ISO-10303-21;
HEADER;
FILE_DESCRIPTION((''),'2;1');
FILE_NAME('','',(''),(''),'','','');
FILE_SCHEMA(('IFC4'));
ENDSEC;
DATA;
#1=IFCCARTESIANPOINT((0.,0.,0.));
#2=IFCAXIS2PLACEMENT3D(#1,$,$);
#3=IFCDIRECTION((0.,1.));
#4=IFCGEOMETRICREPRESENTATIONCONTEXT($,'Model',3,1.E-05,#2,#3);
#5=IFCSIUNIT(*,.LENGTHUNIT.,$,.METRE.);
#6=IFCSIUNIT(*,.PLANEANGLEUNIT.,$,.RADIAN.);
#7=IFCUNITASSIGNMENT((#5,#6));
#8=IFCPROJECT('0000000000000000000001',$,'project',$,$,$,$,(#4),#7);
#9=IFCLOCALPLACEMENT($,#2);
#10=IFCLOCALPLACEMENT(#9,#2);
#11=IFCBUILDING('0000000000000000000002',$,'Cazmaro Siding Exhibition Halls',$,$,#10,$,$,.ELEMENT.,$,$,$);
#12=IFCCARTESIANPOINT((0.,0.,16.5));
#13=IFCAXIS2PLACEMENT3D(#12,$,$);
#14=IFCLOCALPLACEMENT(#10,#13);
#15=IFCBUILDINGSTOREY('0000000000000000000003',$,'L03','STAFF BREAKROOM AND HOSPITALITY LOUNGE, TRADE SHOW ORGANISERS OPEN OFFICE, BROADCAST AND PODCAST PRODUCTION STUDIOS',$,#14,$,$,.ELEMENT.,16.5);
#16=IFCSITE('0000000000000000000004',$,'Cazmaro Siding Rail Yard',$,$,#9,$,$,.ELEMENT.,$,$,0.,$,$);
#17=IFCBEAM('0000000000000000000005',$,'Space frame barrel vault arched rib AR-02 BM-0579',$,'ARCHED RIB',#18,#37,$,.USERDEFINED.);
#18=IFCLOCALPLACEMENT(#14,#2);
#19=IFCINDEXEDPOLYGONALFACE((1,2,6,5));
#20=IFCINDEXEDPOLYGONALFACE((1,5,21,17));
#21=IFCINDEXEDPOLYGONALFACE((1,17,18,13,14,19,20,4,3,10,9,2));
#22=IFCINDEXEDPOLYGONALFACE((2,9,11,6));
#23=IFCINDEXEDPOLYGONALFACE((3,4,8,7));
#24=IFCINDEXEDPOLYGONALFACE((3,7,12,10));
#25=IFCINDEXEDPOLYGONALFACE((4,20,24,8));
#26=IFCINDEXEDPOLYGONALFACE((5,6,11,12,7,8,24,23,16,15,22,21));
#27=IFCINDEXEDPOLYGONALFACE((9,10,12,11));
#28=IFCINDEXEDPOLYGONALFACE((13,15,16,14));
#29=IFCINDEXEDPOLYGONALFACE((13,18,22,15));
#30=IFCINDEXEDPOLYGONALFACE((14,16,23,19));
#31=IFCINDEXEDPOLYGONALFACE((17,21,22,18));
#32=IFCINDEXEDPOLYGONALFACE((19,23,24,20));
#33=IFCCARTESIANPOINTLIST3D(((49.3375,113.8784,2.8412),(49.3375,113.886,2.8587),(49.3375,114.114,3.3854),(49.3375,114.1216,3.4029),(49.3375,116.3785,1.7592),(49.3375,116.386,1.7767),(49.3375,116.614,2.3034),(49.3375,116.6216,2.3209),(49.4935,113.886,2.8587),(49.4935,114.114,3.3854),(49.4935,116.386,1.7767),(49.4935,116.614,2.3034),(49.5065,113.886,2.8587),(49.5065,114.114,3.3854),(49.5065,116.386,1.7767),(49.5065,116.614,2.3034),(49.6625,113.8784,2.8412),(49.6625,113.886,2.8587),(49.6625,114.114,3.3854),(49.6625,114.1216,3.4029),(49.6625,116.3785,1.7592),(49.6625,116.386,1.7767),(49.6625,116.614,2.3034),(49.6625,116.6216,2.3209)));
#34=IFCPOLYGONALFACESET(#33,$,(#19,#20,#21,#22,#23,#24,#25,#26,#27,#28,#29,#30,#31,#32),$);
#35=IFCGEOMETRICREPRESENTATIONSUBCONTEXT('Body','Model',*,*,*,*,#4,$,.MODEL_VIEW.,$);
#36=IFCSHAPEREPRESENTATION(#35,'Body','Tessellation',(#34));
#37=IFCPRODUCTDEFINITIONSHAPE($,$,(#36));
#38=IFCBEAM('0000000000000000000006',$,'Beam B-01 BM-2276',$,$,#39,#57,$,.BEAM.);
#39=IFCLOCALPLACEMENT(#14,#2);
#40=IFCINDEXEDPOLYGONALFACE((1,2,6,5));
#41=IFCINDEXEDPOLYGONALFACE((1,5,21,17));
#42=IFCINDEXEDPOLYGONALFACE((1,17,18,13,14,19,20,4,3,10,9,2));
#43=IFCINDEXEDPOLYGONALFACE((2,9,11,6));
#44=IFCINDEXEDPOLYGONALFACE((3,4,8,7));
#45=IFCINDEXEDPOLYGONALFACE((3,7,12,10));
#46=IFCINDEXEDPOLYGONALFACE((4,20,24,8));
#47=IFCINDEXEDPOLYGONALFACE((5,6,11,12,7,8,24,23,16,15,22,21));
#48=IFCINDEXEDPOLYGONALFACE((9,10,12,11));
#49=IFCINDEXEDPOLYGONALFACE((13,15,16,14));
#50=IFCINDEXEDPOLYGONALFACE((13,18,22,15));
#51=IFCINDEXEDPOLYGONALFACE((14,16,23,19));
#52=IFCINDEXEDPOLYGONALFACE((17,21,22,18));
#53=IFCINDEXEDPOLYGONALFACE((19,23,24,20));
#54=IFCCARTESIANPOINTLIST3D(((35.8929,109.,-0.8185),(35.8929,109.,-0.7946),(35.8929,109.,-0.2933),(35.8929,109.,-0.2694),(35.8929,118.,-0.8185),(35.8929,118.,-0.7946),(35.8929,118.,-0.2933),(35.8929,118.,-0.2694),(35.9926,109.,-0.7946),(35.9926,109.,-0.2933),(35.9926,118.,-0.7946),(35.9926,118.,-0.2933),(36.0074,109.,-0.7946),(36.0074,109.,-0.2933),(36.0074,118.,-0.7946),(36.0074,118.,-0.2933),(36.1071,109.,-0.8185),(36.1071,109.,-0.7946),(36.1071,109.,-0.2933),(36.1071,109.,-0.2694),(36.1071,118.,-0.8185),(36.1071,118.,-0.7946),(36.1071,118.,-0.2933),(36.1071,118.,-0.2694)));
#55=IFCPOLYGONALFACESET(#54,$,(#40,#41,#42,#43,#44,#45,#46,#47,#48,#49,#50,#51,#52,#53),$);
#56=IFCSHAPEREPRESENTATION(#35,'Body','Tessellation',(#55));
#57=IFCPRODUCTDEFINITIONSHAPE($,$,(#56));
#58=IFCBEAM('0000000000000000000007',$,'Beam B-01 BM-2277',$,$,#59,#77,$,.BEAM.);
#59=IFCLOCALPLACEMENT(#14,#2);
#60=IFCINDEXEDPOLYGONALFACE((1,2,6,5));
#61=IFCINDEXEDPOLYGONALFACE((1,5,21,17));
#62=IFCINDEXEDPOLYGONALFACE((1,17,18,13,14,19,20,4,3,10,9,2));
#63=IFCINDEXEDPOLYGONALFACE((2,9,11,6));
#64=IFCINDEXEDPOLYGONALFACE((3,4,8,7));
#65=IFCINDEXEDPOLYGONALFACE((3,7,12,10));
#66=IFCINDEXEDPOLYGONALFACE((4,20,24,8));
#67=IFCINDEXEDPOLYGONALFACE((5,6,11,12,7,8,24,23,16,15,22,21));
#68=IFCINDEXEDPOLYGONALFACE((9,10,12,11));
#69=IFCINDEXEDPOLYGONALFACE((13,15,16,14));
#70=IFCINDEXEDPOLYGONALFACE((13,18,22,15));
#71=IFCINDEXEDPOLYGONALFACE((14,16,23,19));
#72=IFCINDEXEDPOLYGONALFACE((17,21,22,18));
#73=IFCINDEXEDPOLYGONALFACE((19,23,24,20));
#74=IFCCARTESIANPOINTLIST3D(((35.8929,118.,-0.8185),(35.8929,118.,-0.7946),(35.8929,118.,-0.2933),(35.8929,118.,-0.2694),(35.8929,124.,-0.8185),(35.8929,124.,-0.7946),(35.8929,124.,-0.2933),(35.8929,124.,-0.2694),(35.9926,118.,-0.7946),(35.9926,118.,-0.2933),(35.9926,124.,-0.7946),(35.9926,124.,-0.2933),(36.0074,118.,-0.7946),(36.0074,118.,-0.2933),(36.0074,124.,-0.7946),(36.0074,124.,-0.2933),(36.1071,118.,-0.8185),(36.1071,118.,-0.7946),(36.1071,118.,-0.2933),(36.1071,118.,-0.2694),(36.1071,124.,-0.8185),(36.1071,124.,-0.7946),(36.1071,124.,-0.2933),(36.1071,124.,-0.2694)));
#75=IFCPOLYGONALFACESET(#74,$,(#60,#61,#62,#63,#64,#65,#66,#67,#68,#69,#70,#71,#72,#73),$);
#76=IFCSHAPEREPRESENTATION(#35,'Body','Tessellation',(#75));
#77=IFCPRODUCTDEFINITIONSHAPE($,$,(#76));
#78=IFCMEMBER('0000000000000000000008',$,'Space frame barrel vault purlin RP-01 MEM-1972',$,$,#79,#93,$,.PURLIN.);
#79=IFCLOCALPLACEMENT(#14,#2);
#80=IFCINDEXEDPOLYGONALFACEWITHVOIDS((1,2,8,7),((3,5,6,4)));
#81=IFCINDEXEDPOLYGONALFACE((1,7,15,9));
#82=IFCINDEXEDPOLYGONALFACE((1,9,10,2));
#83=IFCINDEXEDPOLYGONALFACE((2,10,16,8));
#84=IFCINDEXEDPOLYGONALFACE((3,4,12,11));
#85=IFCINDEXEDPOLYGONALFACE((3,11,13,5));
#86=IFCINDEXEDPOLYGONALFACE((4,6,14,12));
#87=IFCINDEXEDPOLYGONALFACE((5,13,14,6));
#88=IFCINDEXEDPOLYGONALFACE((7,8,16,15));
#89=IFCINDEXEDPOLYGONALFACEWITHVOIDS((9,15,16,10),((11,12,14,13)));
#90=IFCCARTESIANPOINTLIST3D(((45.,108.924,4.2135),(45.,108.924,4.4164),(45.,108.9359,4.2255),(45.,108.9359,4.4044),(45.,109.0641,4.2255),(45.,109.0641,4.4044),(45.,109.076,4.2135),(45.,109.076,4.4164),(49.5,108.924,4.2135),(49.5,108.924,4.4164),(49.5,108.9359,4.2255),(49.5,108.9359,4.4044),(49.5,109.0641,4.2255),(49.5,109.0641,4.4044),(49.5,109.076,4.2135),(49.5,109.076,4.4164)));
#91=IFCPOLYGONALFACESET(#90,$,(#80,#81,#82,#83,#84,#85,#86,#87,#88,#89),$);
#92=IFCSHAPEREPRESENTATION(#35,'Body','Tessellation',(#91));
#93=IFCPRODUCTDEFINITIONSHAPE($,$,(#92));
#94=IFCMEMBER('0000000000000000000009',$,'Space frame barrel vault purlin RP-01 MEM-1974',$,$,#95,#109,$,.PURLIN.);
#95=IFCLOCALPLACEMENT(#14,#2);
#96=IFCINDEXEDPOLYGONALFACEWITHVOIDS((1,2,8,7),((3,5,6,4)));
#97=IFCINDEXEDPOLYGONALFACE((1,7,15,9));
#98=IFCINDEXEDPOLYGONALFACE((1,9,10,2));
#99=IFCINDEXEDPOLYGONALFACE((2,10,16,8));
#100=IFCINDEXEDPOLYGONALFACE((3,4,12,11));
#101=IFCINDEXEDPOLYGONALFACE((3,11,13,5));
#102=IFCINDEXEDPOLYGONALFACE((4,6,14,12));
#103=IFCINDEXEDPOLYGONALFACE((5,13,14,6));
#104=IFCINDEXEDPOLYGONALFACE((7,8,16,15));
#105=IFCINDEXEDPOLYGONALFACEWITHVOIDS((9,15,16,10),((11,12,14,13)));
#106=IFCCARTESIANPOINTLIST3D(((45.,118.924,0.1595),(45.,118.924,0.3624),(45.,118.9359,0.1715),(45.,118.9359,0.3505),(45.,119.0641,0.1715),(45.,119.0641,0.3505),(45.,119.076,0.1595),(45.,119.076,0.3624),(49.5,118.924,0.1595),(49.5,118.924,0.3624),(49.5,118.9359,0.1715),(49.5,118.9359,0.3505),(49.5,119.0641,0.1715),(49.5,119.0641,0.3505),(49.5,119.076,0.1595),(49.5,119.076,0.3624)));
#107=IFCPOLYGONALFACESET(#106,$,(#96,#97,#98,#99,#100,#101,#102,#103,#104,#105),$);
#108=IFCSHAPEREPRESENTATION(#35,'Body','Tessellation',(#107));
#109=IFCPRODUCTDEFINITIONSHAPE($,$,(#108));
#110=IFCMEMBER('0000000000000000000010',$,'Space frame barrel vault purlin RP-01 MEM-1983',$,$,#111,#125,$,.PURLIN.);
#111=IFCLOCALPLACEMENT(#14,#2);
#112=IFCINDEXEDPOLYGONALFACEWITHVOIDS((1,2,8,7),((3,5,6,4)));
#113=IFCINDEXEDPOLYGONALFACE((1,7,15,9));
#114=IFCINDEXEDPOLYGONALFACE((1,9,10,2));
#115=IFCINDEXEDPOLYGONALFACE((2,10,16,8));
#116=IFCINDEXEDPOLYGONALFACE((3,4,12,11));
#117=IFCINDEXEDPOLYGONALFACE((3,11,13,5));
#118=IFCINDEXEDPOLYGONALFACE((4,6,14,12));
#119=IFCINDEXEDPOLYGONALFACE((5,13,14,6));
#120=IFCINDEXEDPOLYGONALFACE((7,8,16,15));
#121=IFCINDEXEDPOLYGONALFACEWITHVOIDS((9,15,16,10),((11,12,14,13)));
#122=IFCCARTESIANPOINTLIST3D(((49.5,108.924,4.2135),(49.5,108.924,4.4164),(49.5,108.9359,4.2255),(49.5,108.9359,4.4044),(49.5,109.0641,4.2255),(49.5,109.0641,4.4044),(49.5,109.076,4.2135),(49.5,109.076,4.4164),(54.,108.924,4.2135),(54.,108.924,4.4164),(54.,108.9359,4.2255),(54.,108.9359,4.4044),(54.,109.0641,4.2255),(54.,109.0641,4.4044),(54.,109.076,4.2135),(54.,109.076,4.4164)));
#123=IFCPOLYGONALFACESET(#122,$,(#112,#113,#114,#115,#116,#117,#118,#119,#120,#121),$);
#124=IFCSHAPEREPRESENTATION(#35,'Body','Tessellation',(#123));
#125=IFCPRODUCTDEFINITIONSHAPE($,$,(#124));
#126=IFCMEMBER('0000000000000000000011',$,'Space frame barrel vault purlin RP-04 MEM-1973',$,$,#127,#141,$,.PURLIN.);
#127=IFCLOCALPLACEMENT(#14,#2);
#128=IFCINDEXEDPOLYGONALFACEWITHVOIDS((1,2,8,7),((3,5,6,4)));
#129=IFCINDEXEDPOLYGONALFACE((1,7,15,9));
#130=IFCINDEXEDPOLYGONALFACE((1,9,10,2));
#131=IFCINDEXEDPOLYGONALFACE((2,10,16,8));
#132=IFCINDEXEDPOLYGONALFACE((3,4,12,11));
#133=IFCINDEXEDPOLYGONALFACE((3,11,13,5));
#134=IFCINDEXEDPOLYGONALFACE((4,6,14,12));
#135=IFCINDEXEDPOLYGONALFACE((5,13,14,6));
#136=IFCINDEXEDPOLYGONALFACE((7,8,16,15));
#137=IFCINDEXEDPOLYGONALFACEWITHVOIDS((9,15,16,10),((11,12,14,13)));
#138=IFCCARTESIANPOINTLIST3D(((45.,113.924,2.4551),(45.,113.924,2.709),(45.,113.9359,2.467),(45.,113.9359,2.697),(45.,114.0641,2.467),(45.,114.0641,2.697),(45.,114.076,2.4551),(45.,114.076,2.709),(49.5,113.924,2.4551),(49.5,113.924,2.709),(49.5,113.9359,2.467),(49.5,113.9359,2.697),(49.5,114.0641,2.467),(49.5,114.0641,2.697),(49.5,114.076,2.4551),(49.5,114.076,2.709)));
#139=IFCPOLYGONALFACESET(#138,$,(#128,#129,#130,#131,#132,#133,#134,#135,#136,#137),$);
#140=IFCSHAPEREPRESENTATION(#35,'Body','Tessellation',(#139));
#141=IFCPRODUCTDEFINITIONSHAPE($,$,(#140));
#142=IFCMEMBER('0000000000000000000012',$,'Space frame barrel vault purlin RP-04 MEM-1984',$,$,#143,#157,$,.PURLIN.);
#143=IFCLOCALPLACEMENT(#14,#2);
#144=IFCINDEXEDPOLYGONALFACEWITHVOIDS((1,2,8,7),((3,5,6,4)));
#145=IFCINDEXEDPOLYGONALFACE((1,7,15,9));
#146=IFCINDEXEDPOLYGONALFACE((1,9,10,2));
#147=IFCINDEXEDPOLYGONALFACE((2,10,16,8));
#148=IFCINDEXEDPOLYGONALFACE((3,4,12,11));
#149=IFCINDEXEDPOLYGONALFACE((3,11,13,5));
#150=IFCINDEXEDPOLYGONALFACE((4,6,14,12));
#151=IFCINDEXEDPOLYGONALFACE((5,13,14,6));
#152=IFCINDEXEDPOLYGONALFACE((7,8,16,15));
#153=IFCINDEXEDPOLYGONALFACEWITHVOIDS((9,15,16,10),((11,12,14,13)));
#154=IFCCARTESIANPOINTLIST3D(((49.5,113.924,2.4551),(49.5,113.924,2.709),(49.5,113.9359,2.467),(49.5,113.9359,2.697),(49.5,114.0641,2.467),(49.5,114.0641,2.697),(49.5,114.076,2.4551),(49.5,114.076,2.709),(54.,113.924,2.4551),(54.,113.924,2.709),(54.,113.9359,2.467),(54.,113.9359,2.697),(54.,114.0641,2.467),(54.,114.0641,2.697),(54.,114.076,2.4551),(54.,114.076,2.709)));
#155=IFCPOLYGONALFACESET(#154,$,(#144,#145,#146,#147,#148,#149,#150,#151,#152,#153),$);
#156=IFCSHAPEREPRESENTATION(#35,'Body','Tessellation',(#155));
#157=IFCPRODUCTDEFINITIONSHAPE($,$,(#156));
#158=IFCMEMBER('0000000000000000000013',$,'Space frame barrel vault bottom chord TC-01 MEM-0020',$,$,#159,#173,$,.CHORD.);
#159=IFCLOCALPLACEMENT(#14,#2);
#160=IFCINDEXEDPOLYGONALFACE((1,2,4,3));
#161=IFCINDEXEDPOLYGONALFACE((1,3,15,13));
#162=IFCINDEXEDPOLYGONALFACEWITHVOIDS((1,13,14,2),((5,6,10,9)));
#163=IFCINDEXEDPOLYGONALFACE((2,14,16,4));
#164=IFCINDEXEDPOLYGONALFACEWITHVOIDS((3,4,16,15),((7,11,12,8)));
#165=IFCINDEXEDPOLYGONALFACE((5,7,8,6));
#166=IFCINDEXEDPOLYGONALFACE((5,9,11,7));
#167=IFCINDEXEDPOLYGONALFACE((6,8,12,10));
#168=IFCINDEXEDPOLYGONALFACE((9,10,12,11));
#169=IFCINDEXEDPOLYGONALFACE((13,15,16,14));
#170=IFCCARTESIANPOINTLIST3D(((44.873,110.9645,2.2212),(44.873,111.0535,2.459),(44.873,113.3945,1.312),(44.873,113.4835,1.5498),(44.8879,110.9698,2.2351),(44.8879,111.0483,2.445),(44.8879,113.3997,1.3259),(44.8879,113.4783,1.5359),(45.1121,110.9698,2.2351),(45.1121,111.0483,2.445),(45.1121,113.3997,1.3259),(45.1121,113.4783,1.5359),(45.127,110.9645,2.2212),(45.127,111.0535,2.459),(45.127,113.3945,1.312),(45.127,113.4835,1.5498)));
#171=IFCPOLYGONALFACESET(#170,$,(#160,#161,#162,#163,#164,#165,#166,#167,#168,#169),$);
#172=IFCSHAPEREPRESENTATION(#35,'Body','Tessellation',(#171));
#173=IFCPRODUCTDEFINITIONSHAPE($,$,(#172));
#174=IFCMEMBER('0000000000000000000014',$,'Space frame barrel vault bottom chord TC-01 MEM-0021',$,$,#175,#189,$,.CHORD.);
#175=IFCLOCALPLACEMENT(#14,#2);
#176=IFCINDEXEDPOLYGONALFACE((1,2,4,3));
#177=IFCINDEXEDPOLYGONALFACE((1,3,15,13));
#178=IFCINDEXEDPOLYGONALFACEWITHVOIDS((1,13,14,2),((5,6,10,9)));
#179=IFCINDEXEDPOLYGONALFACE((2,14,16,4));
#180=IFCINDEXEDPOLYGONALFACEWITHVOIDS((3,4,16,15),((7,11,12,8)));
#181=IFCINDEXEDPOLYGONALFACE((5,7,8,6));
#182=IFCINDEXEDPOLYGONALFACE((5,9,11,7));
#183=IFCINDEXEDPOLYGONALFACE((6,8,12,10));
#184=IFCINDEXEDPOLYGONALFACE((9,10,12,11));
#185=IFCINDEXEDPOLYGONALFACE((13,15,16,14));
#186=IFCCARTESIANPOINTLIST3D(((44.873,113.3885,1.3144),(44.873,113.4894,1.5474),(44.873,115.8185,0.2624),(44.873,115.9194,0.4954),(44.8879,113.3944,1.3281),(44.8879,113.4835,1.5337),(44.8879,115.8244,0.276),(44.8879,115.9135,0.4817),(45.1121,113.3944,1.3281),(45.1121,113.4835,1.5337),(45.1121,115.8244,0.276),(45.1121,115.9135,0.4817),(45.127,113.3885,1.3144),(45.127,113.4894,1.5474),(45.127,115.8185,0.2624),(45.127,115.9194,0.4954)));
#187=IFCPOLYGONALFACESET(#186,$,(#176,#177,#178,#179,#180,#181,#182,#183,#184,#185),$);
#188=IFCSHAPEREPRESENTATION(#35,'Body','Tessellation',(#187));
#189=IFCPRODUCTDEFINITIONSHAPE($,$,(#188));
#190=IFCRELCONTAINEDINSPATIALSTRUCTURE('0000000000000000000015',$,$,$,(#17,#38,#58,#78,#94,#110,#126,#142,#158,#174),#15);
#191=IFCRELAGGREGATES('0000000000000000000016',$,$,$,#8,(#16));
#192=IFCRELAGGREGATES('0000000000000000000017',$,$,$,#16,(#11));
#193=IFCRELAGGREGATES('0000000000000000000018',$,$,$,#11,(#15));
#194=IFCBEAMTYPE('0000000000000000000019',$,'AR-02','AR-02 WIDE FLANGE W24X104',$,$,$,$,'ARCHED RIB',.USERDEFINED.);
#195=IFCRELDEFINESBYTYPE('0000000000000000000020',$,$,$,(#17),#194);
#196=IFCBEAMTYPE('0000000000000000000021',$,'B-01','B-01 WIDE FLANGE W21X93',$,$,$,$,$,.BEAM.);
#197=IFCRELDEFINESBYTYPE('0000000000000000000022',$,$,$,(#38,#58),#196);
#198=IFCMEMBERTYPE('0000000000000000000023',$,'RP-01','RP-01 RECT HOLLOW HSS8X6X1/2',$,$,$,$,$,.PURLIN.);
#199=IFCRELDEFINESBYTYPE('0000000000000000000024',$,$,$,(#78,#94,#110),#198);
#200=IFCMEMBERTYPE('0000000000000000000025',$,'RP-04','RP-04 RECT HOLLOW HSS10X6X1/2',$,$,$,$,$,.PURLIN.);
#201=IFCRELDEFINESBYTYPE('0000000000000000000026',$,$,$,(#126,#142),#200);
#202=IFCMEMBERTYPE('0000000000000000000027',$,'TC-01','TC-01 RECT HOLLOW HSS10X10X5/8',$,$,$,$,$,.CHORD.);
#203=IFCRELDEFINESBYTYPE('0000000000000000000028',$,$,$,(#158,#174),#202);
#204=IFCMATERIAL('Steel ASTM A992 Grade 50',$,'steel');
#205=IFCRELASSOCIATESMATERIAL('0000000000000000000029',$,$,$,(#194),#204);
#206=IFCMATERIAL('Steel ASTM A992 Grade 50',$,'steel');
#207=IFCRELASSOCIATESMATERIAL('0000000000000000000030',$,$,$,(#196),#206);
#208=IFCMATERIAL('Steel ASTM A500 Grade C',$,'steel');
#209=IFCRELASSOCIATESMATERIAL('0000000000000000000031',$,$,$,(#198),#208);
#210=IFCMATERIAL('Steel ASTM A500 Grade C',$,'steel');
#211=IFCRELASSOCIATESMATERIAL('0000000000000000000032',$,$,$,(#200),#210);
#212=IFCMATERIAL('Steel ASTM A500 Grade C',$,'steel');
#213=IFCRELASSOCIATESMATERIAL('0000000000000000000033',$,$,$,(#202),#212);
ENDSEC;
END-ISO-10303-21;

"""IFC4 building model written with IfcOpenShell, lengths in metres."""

from ifc_helpers import new_model, si_unit, direction, frame, origin, origin_2d, place, context, subcontext, project, spatial, hollow_rectangle, i_section, extrude, material, material_profile, profile_set, type_object, element, save


model = new_model("IFC4")

# Units and contexts
model_context = context("Model", 3, precision=1e-05, world=origin(), true_north=direction((0.0, 1.0)))
body_context = subcontext(model_context, "Body", "Model", "MODEL_VIEW")
ifc_project = project(units=[si_unit("LENGTHUNIT", "METRE"), si_unit("PLANEANGLEUNIT", "RADIAN")], contexts=[model_context])

# Site, building, storey
site_placement = place(None, origin())
site = spatial("IfcSite", under=ifc_project, at=site_placement, Name="Cazmaro Siding Rail Yard", CompositionType="ELEMENT", RefElevation=0.0)
building_placement = place(site_placement, origin())
building = spatial("IfcBuilding", under=site, at=building_placement, Name="Cazmaro Siding Exhibition Halls", CompositionType="ELEMENT")
storey_placement = place(building_placement, frame((0.0, 0.0, 16.5)))
storey = spatial("IfcBuildingStorey", under=building, at=storey_placement, Name="L03", Description="STAFF BREAKROOM AND HOSPITALITY LOUNGE, TRADE SHOW ORGANISERS OPEN OFFICE, BROADCAST AND PODCAST PRODUCTION STUDIOS", CompositionType="ELEMENT", Elevation=16.5)

# Beams
ifc_material_1 = material(Name="Steel ASTM A992 Grade 50", Category="steel")
ifc_material_profile_1 = material_profile(ifc_material_1, i_section(OverallWidth=0.325, OverallDepth=0.6121, WebThickness=0.0129, FlangeThickness=0.019, at=origin_2d()), Name="W24X104")
ifc_profile_set_1 = profile_set([ifc_material_profile_1], Name="Steel ASTM A992 Grade 50")
beam_type_1 = type_object("IfcBeamType", Name="AR-02", Description="AR-02 WIDE FLANGE W24X104", ElementType="ARCHED RIB", PredefinedType="USERDEFINED", material=ifc_profile_set_1)
beam_1_placement = place(storey_placement, frame((49.5, 114.0, 3.1221), z_axis=(0.0, 0.91773, -0.397205), x_axis=(-1.0, 0.0, 0.0)))
element("IfcBeam", 1, at=beam_1_placement, inside=storey, type_object=beam_type_1, Name="Space frame barrel vault arched rib AR-02 BM-0579", ObjectType="ARCHED RIB", PredefinedType="USERDEFINED", context=body_context, shape_type="SweptSolid", body=[
    extrude(i_section(OverallWidth=0.325, OverallDepth=0.6121, WebThickness=0.0129, FlangeThickness=0.019, at=origin_2d()), origin(), (0.0, 0.0, 1.0), 2.7241),
])
ifc_material_2 = material(Name="Steel ASTM A992 Grade 50", Category="steel")
ifc_material_profile_2 = material_profile(ifc_material_2, i_section(OverallWidth=0.2141, OverallDepth=0.5491, WebThickness=0.0149, FlangeThickness=0.0239, at=origin_2d()), Name="W21X93")
ifc_profile_set_2 = profile_set([ifc_material_profile_2], Name="Steel ASTM A992 Grade 50")
beam_type_2 = type_object("IfcBeamType", Name="B-01", Description="B-01 WIDE FLANGE W21X93", PredefinedType="BEAM", material=ifc_profile_set_2)
beam_2_placement = place(storey_placement, frame((36.0, 109.0, -0.5439), z_axis=(0.0, 1.0, 0.0), x_axis=(-1.0, 0.0, 0.0)))
element("IfcBeam", 2, at=beam_2_placement, inside=storey, type_object=beam_type_2, Name="Beam B-01 BM-2276", PredefinedType="BEAM", context=body_context, shape_type="SweptSolid", body=[
    extrude(i_section(OverallWidth=0.2141, OverallDepth=0.5491, WebThickness=0.0149, FlangeThickness=0.0239, at=origin_2d()), origin(), (0.0, 0.0, 1.0), 9.0),
])
beam_3_placement = place(storey_placement, frame((36.0, 118.0, -0.5439), z_axis=(0.0, 1.0, 0.0), x_axis=(-1.0, 0.0, 0.0)))
element("IfcBeam", 3, at=beam_3_placement, inside=storey, type_object=beam_type_2, Name="Beam B-01 BM-2277", PredefinedType="BEAM", context=body_context, shape_type="SweptSolid", body=[
    extrude(i_section(OverallWidth=0.2141, OverallDepth=0.5491, WebThickness=0.0149, FlangeThickness=0.0239, at=origin_2d()), origin(), (0.0, 0.0, 1.0), 6.0),
])

# Members
ifc_material_3 = material(Name="Steel ASTM A500 Grade C", Category="steel")
ifc_material_profile_3 = material_profile(ifc_material_3, hollow_rectangle(XDim=0.1521, YDim=0.2029, WallThickness=0.012, at=origin_2d()), Name="HSS8X6X1/2")
ifc_profile_set_3 = profile_set([ifc_material_profile_3], Name="Steel ASTM A500 Grade C")
member_type_1 = type_object("IfcMemberType", Name="RP-01", Description="RP-01 RECT HOLLOW HSS8X6X1/2", PredefinedType="PURLIN", material=ifc_profile_set_3)
for number, where, z_axis, x_axis, name in (
    (4, (45.0, 109.0, 4.3149), (1.0, 0.0, 0.0), (0.0, 1.0, 0.0), "Space frame barrel vault purlin RP-01 MEM-1972"),
    (5, (45.0, 119.0, 0.261), (1.0, 0.0, 0.0), (0.0, 1.0, 0.0), "Space frame barrel vault purlin RP-01 MEM-1974"),
    (6, (49.5, 109.0, 4.3149), (1.0, 0.0, 0.0), (0.0, 1.0, 0.0), "Space frame barrel vault purlin RP-01 MEM-1983"),
):
    element("IfcMember", number, at=place(storey_placement, frame(where, z_axis=z_axis, x_axis=x_axis)), inside=storey, type_object=member_type_1, Name=name, PredefinedType="PURLIN", context=body_context, shape_type="SweptSolid", body=[
        extrude(hollow_rectangle(XDim=0.1521, YDim=0.2029, WallThickness=0.012, at=origin_2d()), origin(), (0.0, 0.0, 1.0), 4.5),
    ])
ifc_material_4 = material(Name="Steel ASTM A500 Grade C", Category="steel")
ifc_material_profile_4 = material_profile(ifc_material_4, hollow_rectangle(XDim=0.1521, YDim=0.2539, WallThickness=0.012, at=origin_2d()), Name="HSS10X6X1/2")
ifc_profile_set_4 = profile_set([ifc_material_profile_4], Name="Steel ASTM A500 Grade C")
member_type_2 = type_object("IfcMemberType", Name="RP-04", Description="RP-04 RECT HOLLOW HSS10X6X1/2", PredefinedType="PURLIN", material=ifc_profile_set_4)
for number, where, z_axis, x_axis, name in (
    (7, (45.0, 114.0, 2.582), (1.0, 0.0, 0.0), (0.0, 1.0, 0.0), "Space frame barrel vault purlin RP-04 MEM-1973"),
    (8, (49.5, 114.0, 2.582), (1.0, 0.0, 0.0), (0.0, 1.0, 0.0), "Space frame barrel vault purlin RP-04 MEM-1984"),
):
    element("IfcMember", number, at=place(storey_placement, frame(where, z_axis=z_axis, x_axis=x_axis)), inside=storey, type_object=member_type_2, Name=name, PredefinedType="PURLIN", context=body_context, shape_type="SweptSolid", body=[
        extrude(hollow_rectangle(XDim=0.1521, YDim=0.2539, WallThickness=0.012, at=origin_2d()), origin(), (0.0, 0.0, 1.0), 4.5),
    ])
ifc_material_5 = material(Name="Steel ASTM A500 Grade C", Category="steel")
ifc_material_profile_5 = material_profile(ifc_material_5, hollow_rectangle(XDim=0.2539, YDim=0.2539, WallThickness=0.0149, at=origin_2d()), Name="HSS10X10X5/8")
ifc_profile_set_5 = profile_set([ifc_material_profile_5], Name="Steel ASTM A500 Grade C")
member_type_3 = type_object("IfcMemberType", Name="TC-01", Description="TC-01 RECT HOLLOW HSS10X10X5/8", PredefinedType="CHORD", material=ifc_profile_set_5)
member_1_placement = place(storey_placement, frame((45.0, 111.009, 2.3401), z_axis=(0.0, 0.936588, -0.350432), x_axis=(-1.0, 0.0, 0.0)))
element("IfcMember", 9, at=member_1_placement, inside=storey, type_object=member_type_3, Name="Space frame barrel vault bottom chord TC-01 MEM-0020", PredefinedType="CHORD", context=body_context, shape_type="SweptSolid", body=[
    extrude(hollow_rectangle(XDim=0.2539, YDim=0.2539, WallThickness=0.0149, at=origin_2d()), origin(), (0.0, 0.0, 1.0), 2.5945),
])
member_2_placement = place(storey_placement, frame((45.0, 113.439, 1.4309), z_axis=(0.0, 0.917689, -0.397299), x_axis=(-1.0, 0.0, 0.0)))
element("IfcMember", 10, at=member_2_placement, inside=storey, type_object=member_type_3, Name="Space frame barrel vault bottom chord TC-01 MEM-0021", PredefinedType="CHORD", context=body_context, shape_type="SweptSolid", body=[
    extrude(hollow_rectangle(XDim=0.2539, YDim=0.2539, WallThickness=0.0149, at=origin_2d()), origin(), (0.0, 0.0, 1.0), 2.6479),
])

save(model, "model.ifc")
